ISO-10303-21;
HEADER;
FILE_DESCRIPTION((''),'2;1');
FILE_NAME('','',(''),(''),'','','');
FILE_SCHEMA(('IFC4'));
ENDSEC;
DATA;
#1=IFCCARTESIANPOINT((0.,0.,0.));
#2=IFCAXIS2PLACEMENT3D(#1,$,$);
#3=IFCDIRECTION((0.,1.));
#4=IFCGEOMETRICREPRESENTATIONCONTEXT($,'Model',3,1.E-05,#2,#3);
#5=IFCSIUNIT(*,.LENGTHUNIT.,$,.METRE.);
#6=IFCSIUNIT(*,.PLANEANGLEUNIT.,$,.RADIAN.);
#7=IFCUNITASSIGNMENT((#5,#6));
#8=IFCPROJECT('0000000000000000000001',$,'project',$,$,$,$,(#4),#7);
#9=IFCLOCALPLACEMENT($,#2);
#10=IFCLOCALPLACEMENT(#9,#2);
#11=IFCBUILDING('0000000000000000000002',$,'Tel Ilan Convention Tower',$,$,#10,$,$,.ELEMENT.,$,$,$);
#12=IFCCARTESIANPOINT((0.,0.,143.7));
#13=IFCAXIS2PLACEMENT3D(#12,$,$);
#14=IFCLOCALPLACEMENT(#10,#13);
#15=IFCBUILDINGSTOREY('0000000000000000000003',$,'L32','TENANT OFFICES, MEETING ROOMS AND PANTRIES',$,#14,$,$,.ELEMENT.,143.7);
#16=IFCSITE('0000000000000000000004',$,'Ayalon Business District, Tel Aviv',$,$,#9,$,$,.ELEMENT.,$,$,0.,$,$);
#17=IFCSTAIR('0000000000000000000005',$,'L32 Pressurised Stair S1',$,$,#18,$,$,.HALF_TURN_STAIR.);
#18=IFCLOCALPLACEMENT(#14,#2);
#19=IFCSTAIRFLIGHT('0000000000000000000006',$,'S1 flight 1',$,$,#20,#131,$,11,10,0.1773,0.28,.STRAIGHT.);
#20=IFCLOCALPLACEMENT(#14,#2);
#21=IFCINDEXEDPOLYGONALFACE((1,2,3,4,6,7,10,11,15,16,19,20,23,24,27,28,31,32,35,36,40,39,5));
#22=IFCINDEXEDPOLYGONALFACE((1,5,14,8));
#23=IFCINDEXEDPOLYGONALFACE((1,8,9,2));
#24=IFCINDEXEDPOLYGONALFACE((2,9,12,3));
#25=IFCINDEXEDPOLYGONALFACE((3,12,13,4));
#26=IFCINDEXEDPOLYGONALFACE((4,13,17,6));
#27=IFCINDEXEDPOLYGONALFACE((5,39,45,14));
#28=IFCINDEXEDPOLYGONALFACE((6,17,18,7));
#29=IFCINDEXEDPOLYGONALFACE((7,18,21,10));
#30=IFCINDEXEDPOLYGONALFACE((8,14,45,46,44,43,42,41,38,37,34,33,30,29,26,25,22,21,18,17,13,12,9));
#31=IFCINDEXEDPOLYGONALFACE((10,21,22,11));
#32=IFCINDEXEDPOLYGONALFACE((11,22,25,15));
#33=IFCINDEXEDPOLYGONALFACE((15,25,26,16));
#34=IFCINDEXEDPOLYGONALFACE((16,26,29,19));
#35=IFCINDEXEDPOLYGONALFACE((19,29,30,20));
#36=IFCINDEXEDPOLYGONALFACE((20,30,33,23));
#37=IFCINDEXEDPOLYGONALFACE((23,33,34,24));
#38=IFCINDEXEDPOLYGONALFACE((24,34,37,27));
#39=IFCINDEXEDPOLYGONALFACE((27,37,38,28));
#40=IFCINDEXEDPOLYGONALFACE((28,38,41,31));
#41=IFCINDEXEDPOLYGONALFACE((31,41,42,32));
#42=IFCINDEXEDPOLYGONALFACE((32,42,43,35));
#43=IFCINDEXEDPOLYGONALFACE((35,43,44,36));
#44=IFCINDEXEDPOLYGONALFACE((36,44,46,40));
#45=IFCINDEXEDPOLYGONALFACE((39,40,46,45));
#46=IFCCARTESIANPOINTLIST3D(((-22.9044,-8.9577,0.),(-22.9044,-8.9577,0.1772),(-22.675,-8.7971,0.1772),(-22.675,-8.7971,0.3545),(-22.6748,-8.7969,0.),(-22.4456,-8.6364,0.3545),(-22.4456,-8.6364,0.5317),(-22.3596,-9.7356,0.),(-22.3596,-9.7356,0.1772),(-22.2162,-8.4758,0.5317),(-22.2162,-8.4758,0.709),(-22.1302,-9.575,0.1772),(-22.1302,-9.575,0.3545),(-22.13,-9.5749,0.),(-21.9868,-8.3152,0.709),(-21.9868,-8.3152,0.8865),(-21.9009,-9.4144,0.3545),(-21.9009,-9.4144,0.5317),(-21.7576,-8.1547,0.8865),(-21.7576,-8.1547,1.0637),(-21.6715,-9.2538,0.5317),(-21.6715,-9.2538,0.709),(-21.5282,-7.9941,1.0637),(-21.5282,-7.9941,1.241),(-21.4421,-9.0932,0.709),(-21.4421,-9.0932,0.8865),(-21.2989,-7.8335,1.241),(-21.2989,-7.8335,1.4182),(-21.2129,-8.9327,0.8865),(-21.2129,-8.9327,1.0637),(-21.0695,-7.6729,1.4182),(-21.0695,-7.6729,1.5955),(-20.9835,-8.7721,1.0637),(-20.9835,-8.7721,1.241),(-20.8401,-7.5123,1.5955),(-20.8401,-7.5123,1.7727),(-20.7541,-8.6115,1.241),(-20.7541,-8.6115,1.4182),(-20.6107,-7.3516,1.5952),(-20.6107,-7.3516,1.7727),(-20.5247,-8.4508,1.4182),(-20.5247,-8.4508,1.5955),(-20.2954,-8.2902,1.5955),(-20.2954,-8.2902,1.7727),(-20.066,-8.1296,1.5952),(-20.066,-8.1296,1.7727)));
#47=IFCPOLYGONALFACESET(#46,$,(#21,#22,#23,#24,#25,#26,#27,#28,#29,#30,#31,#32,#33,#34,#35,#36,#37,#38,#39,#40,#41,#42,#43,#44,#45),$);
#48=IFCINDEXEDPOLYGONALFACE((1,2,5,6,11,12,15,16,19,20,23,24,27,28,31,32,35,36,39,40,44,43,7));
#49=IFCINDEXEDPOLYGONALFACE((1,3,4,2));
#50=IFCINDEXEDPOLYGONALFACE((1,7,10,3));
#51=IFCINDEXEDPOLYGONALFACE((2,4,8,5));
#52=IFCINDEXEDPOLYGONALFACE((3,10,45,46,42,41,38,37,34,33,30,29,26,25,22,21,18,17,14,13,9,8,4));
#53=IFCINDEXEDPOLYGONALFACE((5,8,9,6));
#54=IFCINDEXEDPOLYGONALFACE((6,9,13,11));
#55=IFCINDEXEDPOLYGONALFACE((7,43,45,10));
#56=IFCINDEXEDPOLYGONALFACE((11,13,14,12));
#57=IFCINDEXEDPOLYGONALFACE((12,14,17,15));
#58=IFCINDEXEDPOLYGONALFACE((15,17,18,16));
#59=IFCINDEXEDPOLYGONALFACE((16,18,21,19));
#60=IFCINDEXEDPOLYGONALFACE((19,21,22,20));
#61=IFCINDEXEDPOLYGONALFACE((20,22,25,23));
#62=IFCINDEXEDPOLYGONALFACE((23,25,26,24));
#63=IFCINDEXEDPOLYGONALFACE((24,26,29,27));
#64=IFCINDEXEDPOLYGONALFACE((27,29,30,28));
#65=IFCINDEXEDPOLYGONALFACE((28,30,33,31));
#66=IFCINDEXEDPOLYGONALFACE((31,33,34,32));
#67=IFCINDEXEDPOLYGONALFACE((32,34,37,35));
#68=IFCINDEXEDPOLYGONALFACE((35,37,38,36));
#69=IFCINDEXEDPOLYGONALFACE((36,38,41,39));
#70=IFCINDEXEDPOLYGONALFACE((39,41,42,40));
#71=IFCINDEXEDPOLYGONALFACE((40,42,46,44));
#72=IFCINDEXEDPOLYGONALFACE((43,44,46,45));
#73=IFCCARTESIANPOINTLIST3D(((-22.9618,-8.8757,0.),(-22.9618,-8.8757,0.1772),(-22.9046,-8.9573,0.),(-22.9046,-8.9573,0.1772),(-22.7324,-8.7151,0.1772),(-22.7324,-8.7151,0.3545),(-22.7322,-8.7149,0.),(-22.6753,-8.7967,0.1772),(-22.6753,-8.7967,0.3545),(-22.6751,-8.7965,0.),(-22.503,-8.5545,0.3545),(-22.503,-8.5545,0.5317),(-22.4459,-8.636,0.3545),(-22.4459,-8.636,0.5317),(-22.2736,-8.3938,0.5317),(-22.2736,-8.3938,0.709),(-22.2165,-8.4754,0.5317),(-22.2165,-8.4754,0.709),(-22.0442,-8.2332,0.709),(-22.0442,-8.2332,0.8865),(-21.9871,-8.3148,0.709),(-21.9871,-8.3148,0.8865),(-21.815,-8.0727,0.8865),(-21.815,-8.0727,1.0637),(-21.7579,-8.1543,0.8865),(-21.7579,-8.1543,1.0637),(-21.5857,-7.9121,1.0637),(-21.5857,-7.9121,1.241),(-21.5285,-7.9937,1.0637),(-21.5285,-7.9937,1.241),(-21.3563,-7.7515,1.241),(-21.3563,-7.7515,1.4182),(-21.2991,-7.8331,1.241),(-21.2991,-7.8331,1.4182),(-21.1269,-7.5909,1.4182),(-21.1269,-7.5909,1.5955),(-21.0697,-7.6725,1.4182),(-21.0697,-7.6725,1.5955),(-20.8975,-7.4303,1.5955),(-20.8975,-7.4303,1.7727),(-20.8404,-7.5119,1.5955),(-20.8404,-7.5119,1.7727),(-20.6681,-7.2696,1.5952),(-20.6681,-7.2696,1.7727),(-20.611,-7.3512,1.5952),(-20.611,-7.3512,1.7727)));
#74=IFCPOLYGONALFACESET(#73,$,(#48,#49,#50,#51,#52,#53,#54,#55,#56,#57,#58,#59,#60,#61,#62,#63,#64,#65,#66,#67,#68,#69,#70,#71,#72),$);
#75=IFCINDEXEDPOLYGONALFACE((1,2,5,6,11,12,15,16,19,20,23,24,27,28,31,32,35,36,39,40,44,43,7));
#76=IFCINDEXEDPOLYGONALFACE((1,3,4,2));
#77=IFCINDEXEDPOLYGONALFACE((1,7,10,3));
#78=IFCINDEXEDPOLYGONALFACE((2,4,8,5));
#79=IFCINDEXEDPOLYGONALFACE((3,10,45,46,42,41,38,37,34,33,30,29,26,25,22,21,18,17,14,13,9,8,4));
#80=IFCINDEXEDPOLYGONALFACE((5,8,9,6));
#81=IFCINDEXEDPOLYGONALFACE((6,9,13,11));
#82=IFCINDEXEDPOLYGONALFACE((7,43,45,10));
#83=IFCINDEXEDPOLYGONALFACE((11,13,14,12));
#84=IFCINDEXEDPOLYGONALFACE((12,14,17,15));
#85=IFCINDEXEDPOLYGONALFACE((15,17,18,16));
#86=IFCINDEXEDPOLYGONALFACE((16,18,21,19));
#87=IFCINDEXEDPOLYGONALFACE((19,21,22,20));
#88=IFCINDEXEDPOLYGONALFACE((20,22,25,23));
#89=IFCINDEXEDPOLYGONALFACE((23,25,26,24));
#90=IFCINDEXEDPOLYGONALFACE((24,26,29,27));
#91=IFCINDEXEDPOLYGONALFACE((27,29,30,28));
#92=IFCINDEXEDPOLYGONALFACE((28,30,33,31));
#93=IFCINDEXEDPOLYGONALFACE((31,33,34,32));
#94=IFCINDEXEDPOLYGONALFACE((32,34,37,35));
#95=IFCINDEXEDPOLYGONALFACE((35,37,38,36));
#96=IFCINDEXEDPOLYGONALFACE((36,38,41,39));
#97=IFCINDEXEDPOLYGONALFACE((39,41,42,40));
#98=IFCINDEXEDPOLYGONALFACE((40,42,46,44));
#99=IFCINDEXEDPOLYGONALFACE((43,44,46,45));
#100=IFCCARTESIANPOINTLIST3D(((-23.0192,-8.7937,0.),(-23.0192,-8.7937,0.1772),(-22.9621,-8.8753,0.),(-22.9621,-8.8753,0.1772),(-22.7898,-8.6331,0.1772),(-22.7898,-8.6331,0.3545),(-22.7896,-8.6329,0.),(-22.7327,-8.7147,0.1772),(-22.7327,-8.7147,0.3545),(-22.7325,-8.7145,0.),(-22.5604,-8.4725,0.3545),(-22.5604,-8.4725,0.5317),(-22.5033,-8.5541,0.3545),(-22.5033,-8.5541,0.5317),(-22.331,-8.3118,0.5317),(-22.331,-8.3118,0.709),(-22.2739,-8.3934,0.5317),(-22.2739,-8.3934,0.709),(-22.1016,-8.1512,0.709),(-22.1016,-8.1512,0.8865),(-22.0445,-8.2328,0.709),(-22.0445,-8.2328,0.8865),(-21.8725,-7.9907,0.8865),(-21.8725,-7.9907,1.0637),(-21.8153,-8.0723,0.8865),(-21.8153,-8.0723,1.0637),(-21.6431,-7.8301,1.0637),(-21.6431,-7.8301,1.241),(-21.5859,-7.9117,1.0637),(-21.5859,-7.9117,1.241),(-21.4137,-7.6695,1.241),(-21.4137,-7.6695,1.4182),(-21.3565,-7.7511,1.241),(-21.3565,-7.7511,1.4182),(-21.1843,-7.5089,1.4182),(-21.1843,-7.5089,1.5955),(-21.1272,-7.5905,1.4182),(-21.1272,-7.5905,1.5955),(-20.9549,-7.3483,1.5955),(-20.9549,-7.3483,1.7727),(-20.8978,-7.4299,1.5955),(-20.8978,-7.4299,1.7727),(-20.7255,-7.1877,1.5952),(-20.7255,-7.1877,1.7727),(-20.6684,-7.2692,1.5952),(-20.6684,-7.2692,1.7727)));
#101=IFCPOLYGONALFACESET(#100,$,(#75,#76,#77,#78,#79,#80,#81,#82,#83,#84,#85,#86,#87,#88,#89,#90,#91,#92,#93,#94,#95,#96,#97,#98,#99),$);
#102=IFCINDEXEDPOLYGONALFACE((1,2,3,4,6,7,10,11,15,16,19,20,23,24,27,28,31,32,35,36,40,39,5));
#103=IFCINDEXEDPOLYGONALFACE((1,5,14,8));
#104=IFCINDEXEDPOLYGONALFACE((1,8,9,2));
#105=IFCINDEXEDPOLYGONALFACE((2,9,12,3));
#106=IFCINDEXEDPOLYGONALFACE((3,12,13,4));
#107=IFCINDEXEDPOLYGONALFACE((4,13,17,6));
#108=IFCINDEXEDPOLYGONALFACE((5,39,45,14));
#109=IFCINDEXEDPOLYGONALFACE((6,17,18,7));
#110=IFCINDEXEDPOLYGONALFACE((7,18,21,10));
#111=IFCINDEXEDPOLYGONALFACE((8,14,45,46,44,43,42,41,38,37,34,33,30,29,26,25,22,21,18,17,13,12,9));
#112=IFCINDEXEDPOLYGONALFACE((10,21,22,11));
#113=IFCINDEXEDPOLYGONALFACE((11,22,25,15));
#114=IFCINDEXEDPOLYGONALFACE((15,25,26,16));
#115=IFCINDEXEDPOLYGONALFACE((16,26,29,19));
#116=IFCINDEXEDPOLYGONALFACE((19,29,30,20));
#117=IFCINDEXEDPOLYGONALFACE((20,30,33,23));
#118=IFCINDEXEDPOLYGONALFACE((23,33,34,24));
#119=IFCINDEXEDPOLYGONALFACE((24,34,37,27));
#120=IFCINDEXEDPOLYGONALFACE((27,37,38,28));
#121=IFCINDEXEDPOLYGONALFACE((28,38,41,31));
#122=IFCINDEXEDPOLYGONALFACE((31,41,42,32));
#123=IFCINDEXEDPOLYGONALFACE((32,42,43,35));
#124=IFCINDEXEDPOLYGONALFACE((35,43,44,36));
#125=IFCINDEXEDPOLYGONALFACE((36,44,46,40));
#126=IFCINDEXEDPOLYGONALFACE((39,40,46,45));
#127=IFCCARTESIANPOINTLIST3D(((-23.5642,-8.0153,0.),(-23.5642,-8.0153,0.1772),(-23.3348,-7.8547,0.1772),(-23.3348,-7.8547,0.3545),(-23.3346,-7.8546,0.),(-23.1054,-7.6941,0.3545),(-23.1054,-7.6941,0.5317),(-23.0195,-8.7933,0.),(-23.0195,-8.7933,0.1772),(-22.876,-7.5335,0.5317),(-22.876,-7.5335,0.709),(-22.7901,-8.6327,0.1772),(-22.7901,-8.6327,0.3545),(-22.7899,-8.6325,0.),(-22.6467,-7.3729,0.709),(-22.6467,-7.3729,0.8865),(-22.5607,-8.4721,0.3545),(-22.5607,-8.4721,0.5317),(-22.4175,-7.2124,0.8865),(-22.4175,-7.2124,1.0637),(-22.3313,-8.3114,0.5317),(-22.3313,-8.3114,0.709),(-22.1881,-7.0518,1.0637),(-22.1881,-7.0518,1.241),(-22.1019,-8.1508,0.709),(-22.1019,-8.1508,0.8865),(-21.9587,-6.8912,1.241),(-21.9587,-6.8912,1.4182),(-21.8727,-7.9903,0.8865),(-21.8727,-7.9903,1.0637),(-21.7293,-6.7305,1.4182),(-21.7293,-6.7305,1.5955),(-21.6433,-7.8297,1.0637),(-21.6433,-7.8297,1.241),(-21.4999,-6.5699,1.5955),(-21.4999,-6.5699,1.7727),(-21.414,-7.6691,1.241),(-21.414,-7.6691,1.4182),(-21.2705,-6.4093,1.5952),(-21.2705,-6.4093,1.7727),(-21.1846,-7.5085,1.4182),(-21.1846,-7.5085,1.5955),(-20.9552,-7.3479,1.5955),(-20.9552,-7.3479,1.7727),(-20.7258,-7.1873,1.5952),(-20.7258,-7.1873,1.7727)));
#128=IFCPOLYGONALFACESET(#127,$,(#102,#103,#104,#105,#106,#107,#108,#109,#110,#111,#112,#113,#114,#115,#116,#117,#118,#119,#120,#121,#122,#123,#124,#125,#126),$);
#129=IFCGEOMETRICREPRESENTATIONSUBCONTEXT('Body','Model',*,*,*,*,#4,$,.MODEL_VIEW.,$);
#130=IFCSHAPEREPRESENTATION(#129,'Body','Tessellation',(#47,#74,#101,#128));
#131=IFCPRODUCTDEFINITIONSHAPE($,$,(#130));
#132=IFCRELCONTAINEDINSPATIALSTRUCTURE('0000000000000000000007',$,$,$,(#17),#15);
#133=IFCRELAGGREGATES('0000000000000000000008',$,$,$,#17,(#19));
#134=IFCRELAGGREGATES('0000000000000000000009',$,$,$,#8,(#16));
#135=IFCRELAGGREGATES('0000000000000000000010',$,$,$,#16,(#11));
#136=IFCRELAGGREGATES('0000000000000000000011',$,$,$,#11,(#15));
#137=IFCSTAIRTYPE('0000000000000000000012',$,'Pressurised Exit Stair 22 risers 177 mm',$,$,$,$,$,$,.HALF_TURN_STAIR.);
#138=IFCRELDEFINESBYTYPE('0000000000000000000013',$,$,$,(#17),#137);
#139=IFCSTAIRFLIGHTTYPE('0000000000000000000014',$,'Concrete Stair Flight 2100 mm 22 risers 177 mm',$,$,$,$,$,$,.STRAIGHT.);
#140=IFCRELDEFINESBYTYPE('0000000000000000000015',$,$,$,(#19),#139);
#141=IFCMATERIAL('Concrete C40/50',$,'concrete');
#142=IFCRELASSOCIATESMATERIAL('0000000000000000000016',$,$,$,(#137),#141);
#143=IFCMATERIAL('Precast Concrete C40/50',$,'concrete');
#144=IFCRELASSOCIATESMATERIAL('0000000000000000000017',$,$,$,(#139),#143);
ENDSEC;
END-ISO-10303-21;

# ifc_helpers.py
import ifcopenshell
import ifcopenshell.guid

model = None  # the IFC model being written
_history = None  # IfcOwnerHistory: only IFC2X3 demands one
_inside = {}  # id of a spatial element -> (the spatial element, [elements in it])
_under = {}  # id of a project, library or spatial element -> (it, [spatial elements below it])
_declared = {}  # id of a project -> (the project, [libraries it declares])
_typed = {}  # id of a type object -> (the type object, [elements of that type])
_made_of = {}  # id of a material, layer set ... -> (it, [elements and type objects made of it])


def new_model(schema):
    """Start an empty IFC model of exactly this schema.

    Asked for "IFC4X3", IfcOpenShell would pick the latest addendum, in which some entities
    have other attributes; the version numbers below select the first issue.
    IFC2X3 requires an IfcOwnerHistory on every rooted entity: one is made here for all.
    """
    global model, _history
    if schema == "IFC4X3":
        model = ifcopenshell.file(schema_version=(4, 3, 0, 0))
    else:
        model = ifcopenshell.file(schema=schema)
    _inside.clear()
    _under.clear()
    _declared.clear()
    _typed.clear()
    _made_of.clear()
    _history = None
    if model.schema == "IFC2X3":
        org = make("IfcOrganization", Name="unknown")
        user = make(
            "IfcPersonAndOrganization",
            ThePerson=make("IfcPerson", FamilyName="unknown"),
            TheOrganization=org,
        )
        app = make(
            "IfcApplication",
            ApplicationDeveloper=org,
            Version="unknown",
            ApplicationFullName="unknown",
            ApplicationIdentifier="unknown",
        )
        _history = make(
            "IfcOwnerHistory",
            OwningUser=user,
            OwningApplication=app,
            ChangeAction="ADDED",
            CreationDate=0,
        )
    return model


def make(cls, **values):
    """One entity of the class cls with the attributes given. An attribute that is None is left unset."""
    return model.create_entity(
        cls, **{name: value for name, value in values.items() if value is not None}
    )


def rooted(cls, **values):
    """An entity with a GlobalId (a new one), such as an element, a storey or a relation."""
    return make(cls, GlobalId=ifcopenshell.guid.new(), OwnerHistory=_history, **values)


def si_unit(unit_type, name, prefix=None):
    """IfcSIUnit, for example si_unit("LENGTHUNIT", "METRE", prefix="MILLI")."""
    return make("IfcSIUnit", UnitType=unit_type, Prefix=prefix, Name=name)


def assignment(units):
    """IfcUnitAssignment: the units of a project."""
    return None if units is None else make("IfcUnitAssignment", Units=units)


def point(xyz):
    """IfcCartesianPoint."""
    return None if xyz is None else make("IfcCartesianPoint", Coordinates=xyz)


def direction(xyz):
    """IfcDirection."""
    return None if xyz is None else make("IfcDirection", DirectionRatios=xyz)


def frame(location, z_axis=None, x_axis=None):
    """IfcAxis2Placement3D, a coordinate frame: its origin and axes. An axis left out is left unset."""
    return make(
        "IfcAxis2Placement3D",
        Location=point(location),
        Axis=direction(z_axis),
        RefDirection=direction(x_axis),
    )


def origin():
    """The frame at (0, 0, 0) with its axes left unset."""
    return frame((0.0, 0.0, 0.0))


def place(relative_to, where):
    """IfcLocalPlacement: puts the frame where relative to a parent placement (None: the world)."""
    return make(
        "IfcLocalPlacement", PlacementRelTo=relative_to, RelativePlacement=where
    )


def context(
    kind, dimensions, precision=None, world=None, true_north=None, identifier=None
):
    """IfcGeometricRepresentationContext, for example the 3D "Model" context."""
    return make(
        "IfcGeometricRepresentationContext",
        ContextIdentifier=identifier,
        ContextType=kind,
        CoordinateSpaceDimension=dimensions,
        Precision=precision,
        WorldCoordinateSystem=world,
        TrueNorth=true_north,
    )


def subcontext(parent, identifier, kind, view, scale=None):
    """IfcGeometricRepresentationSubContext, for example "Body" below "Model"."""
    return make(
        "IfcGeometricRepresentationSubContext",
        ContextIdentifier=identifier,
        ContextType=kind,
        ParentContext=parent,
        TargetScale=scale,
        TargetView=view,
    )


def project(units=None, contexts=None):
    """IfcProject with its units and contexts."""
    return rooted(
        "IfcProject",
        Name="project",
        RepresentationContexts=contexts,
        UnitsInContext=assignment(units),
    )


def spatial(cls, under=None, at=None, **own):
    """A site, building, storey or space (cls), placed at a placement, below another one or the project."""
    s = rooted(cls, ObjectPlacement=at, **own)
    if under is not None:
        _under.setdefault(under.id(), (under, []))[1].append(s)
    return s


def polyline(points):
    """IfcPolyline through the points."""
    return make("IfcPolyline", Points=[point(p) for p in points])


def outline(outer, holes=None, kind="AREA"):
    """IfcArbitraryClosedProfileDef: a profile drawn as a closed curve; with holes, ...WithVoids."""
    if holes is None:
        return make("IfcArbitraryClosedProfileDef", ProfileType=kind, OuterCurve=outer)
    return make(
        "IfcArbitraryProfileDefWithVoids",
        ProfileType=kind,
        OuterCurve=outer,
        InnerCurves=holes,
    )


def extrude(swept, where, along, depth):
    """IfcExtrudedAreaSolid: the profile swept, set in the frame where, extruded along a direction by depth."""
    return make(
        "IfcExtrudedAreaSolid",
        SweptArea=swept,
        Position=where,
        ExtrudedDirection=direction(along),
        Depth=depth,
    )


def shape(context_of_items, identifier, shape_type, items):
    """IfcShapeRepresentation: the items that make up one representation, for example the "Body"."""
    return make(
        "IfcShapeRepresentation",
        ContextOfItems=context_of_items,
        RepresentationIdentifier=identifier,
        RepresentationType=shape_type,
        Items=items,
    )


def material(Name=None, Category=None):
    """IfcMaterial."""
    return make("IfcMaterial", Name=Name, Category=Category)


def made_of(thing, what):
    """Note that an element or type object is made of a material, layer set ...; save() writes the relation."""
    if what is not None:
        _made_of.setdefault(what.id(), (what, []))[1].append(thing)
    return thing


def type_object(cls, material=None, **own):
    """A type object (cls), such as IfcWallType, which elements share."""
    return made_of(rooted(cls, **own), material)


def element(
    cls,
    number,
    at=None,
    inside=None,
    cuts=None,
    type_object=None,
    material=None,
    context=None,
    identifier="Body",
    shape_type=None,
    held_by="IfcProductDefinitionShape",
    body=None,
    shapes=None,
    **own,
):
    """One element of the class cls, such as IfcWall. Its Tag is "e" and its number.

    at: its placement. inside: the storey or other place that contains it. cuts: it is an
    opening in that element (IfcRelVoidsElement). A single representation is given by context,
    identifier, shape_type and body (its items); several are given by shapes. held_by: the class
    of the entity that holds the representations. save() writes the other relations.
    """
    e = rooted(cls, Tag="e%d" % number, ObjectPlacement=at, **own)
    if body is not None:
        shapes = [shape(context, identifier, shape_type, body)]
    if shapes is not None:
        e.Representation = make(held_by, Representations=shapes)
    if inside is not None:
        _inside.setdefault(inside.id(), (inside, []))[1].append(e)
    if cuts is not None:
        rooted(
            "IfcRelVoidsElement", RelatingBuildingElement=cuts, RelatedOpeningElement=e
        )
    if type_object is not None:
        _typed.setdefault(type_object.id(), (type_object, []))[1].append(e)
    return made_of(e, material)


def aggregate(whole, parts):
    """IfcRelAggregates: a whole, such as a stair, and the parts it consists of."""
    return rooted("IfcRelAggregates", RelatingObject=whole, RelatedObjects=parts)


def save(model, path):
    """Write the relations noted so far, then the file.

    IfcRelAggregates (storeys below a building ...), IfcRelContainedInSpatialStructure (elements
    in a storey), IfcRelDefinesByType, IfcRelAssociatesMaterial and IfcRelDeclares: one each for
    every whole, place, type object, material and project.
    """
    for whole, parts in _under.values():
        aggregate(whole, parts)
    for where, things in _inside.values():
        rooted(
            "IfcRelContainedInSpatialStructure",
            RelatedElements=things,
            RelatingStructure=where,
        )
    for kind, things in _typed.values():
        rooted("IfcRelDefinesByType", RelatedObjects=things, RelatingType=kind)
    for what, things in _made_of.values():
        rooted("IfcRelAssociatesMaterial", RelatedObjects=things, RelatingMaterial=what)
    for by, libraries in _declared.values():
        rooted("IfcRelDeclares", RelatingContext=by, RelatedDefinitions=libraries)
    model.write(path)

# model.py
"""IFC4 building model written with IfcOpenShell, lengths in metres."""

from ifc_helpers import new_model, si_unit, direction, frame, origin, place, context, subcontext, project, spatial, polyline, outline, extrude, material, type_object, element, aggregate, save


model = new_model("IFC4")

# Units and contexts
model_context = context("Model", 3, precision=1e-05, world=origin(), true_north=direction((0.0, 1.0)))
body_context = subcontext(model_context, "Body", "Model", "MODEL_VIEW")
ifc_project = project(units=[si_unit("LENGTHUNIT", "METRE"), si_unit("PLANEANGLEUNIT", "RADIAN")], contexts=[model_context])

# Site, building, storey
site_placement = place(None, origin())
site = spatial("IfcSite", under=ifc_project, at=site_placement, Name="Ayalon Business District, Tel Aviv", CompositionType="ELEMENT", RefElevation=0.0)
building_placement = place(site_placement, origin())
building = spatial("IfcBuilding", under=site, at=building_placement, Name="Tel Ilan Convention Tower", CompositionType="ELEMENT")
storey_placement = place(building_placement, frame((0.0, 0.0, 143.7)))
storey = spatial("IfcBuildingStorey", under=building, at=storey_placement, Name="L32", Description="TENANT OFFICES, MEETING ROOMS AND PANTRIES", CompositionType="ELEMENT", Elevation=143.7)

# Stair, stair flight
ifc_material_1 = material(Name="Concrete C40/50", Category="concrete")
stair_type = type_object("IfcStairType", Name="Pressurised Exit Stair 22 risers 177 mm", PredefinedType="HALF_TURN_STAIR", material=ifc_material_1)
stair_1_placement = place(storey_placement, origin())
stair_1 = element("IfcStair", 1, at=stair_1_placement, inside=storey, type_object=stair_type, Name="L32 Pressurised Stair S1", PredefinedType="HALF_TURN_STAIR")
ifc_material_2 = material(Name="Precast Concrete C40/50", Category="concrete")
stair_flight_type = type_object("IfcStairFlightType", Name="Concrete Stair Flight 2100 mm 22 risers 177 mm", PredefinedType="STRAIGHT", material=ifc_material_2)
stair_flight_1_placement = place(storey_placement, frame((-22.9619, -8.8755, 0.0), z_axis=(0.0, 0.0, 1.0), x_axis=(0.819152, 0.573576, 0.0)))
stair_flight_1 = element("IfcStairFlight", 2, at=stair_flight_1_placement, type_object=stair_flight_type, Name="S1 flight 1", NumberOfRisers=11, NumberOfTreads=10, PredefinedType="STRAIGHT", RiserHeight=0.1773, TreadLength=0.28, context=body_context, shape_type="SweptSolid", body=[
    extrude(outline(polyline([(0.0, 0.0), (0.0, 0.1772), (0.28, 0.1772), (0.28, 0.3545), (0.5601, 0.3545), (0.5601, 0.5317), (0.8401, 0.5317), (0.8401, 0.709), (1.1201, 0.709), (1.1201, 0.8865), (1.3999, 0.8865), (1.3999, 1.0637), (1.6799, 1.0637), (1.6799, 1.241), (1.96, 1.241), (1.96, 1.4182), (2.24, 1.4182), (2.24, 1.5955), (2.52, 1.5955), (2.52, 1.7727), (2.8, 1.7727), (2.8, 1.95), (2.8, 1.5952), (0.2803, 0.0), (0.0, 0.0)])), frame((0.0, -0.1003, 0.0), z_axis=(0.0, -1.0, 0.0), x_axis=(1.0, 0.0, 0.0)), (0.0, 0.0, 1.0), 0.9497),
    extrude(outline(polyline([(0.0, 0.0), (0.0, 0.1772), (0.28, 0.1772), (0.28, 0.3545), (0.5601, 0.3545), (0.5601, 0.5317), (0.8401, 0.5317), (0.8401, 0.709), (1.1201, 0.709), (1.1201, 0.8865), (1.3999, 0.8865), (1.3999, 1.0637), (1.6799, 1.0637), (1.6799, 1.241), (1.96, 1.241), (1.96, 1.4182), (2.24, 1.4182), (2.24, 1.5955), (2.52, 1.5955), (2.52, 1.7727), (2.8, 1.7727), (2.8, 1.95), (2.8, 1.5952), (0.2803, 0.0), (0.0, 0.0)])), frame((0.0, -0.0002, 0.0), z_axis=(0.0, -1.0, 0.0), x_axis=(1.0, 0.0, 0.0)), (0.0, 0.0, 1.0), 0.0996),
    extrude(outline(polyline([(0.0, 0.0), (0.0, 0.1772), (0.28, 0.1772), (0.28, 0.3545), (0.5601, 0.3545), (0.5601, 0.5317), (0.8401, 0.5317), (0.8401, 0.709), (1.1201, 0.709), (1.1201, 0.8865), (1.3999, 0.8865), (1.3999, 1.0637), (1.6799, 1.0637), (1.6799, 1.241), (1.96, 1.241), (1.96, 1.4182), (2.24, 1.4182), (2.24, 1.5955), (2.52, 1.5955), (2.52, 1.7727), (2.8, 1.7727), (2.8, 1.95), (2.8, 1.5952), (0.2803, 0.0), (0.0, 0.0)])), frame((0.0, 0.0999, 0.0), z_axis=(0.0, -1.0, 0.0), x_axis=(1.0, 0.0, 0.0)), (0.0, 0.0, 1.0), 0.0996),
    extrude(outline(polyline([(0.0, 0.0), (0.0, 0.1772), (0.28, 0.1772), (0.28, 0.3545), (0.5601, 0.3545), (0.5601, 0.5317), (0.8401, 0.5317), (0.8401, 0.709), (1.1201, 0.709), (1.1201, 0.8865), (1.3999, 0.8865), (1.3999, 1.0637), (1.6799, 1.0637), (1.6799, 1.241), (1.96, 1.241), (1.96, 1.4182), (2.24, 1.4182), (2.24, 1.5955), (2.52, 1.5955), (2.52, 1.7727), (2.8, 1.7727), (2.8, 1.95), (2.8, 1.5952), (0.2803, 0.0), (0.0, 0.0)])), frame((0.0, 1.05, 0.0), z_axis=(0.0, -1.0, 0.0), x_axis=(1.0, 0.0, 0.0)), (0.0, 0.0, 1.0), 0.9497),
])
aggregate(stair_1, [stair_flight_1])

save(model, "model.ifc")
